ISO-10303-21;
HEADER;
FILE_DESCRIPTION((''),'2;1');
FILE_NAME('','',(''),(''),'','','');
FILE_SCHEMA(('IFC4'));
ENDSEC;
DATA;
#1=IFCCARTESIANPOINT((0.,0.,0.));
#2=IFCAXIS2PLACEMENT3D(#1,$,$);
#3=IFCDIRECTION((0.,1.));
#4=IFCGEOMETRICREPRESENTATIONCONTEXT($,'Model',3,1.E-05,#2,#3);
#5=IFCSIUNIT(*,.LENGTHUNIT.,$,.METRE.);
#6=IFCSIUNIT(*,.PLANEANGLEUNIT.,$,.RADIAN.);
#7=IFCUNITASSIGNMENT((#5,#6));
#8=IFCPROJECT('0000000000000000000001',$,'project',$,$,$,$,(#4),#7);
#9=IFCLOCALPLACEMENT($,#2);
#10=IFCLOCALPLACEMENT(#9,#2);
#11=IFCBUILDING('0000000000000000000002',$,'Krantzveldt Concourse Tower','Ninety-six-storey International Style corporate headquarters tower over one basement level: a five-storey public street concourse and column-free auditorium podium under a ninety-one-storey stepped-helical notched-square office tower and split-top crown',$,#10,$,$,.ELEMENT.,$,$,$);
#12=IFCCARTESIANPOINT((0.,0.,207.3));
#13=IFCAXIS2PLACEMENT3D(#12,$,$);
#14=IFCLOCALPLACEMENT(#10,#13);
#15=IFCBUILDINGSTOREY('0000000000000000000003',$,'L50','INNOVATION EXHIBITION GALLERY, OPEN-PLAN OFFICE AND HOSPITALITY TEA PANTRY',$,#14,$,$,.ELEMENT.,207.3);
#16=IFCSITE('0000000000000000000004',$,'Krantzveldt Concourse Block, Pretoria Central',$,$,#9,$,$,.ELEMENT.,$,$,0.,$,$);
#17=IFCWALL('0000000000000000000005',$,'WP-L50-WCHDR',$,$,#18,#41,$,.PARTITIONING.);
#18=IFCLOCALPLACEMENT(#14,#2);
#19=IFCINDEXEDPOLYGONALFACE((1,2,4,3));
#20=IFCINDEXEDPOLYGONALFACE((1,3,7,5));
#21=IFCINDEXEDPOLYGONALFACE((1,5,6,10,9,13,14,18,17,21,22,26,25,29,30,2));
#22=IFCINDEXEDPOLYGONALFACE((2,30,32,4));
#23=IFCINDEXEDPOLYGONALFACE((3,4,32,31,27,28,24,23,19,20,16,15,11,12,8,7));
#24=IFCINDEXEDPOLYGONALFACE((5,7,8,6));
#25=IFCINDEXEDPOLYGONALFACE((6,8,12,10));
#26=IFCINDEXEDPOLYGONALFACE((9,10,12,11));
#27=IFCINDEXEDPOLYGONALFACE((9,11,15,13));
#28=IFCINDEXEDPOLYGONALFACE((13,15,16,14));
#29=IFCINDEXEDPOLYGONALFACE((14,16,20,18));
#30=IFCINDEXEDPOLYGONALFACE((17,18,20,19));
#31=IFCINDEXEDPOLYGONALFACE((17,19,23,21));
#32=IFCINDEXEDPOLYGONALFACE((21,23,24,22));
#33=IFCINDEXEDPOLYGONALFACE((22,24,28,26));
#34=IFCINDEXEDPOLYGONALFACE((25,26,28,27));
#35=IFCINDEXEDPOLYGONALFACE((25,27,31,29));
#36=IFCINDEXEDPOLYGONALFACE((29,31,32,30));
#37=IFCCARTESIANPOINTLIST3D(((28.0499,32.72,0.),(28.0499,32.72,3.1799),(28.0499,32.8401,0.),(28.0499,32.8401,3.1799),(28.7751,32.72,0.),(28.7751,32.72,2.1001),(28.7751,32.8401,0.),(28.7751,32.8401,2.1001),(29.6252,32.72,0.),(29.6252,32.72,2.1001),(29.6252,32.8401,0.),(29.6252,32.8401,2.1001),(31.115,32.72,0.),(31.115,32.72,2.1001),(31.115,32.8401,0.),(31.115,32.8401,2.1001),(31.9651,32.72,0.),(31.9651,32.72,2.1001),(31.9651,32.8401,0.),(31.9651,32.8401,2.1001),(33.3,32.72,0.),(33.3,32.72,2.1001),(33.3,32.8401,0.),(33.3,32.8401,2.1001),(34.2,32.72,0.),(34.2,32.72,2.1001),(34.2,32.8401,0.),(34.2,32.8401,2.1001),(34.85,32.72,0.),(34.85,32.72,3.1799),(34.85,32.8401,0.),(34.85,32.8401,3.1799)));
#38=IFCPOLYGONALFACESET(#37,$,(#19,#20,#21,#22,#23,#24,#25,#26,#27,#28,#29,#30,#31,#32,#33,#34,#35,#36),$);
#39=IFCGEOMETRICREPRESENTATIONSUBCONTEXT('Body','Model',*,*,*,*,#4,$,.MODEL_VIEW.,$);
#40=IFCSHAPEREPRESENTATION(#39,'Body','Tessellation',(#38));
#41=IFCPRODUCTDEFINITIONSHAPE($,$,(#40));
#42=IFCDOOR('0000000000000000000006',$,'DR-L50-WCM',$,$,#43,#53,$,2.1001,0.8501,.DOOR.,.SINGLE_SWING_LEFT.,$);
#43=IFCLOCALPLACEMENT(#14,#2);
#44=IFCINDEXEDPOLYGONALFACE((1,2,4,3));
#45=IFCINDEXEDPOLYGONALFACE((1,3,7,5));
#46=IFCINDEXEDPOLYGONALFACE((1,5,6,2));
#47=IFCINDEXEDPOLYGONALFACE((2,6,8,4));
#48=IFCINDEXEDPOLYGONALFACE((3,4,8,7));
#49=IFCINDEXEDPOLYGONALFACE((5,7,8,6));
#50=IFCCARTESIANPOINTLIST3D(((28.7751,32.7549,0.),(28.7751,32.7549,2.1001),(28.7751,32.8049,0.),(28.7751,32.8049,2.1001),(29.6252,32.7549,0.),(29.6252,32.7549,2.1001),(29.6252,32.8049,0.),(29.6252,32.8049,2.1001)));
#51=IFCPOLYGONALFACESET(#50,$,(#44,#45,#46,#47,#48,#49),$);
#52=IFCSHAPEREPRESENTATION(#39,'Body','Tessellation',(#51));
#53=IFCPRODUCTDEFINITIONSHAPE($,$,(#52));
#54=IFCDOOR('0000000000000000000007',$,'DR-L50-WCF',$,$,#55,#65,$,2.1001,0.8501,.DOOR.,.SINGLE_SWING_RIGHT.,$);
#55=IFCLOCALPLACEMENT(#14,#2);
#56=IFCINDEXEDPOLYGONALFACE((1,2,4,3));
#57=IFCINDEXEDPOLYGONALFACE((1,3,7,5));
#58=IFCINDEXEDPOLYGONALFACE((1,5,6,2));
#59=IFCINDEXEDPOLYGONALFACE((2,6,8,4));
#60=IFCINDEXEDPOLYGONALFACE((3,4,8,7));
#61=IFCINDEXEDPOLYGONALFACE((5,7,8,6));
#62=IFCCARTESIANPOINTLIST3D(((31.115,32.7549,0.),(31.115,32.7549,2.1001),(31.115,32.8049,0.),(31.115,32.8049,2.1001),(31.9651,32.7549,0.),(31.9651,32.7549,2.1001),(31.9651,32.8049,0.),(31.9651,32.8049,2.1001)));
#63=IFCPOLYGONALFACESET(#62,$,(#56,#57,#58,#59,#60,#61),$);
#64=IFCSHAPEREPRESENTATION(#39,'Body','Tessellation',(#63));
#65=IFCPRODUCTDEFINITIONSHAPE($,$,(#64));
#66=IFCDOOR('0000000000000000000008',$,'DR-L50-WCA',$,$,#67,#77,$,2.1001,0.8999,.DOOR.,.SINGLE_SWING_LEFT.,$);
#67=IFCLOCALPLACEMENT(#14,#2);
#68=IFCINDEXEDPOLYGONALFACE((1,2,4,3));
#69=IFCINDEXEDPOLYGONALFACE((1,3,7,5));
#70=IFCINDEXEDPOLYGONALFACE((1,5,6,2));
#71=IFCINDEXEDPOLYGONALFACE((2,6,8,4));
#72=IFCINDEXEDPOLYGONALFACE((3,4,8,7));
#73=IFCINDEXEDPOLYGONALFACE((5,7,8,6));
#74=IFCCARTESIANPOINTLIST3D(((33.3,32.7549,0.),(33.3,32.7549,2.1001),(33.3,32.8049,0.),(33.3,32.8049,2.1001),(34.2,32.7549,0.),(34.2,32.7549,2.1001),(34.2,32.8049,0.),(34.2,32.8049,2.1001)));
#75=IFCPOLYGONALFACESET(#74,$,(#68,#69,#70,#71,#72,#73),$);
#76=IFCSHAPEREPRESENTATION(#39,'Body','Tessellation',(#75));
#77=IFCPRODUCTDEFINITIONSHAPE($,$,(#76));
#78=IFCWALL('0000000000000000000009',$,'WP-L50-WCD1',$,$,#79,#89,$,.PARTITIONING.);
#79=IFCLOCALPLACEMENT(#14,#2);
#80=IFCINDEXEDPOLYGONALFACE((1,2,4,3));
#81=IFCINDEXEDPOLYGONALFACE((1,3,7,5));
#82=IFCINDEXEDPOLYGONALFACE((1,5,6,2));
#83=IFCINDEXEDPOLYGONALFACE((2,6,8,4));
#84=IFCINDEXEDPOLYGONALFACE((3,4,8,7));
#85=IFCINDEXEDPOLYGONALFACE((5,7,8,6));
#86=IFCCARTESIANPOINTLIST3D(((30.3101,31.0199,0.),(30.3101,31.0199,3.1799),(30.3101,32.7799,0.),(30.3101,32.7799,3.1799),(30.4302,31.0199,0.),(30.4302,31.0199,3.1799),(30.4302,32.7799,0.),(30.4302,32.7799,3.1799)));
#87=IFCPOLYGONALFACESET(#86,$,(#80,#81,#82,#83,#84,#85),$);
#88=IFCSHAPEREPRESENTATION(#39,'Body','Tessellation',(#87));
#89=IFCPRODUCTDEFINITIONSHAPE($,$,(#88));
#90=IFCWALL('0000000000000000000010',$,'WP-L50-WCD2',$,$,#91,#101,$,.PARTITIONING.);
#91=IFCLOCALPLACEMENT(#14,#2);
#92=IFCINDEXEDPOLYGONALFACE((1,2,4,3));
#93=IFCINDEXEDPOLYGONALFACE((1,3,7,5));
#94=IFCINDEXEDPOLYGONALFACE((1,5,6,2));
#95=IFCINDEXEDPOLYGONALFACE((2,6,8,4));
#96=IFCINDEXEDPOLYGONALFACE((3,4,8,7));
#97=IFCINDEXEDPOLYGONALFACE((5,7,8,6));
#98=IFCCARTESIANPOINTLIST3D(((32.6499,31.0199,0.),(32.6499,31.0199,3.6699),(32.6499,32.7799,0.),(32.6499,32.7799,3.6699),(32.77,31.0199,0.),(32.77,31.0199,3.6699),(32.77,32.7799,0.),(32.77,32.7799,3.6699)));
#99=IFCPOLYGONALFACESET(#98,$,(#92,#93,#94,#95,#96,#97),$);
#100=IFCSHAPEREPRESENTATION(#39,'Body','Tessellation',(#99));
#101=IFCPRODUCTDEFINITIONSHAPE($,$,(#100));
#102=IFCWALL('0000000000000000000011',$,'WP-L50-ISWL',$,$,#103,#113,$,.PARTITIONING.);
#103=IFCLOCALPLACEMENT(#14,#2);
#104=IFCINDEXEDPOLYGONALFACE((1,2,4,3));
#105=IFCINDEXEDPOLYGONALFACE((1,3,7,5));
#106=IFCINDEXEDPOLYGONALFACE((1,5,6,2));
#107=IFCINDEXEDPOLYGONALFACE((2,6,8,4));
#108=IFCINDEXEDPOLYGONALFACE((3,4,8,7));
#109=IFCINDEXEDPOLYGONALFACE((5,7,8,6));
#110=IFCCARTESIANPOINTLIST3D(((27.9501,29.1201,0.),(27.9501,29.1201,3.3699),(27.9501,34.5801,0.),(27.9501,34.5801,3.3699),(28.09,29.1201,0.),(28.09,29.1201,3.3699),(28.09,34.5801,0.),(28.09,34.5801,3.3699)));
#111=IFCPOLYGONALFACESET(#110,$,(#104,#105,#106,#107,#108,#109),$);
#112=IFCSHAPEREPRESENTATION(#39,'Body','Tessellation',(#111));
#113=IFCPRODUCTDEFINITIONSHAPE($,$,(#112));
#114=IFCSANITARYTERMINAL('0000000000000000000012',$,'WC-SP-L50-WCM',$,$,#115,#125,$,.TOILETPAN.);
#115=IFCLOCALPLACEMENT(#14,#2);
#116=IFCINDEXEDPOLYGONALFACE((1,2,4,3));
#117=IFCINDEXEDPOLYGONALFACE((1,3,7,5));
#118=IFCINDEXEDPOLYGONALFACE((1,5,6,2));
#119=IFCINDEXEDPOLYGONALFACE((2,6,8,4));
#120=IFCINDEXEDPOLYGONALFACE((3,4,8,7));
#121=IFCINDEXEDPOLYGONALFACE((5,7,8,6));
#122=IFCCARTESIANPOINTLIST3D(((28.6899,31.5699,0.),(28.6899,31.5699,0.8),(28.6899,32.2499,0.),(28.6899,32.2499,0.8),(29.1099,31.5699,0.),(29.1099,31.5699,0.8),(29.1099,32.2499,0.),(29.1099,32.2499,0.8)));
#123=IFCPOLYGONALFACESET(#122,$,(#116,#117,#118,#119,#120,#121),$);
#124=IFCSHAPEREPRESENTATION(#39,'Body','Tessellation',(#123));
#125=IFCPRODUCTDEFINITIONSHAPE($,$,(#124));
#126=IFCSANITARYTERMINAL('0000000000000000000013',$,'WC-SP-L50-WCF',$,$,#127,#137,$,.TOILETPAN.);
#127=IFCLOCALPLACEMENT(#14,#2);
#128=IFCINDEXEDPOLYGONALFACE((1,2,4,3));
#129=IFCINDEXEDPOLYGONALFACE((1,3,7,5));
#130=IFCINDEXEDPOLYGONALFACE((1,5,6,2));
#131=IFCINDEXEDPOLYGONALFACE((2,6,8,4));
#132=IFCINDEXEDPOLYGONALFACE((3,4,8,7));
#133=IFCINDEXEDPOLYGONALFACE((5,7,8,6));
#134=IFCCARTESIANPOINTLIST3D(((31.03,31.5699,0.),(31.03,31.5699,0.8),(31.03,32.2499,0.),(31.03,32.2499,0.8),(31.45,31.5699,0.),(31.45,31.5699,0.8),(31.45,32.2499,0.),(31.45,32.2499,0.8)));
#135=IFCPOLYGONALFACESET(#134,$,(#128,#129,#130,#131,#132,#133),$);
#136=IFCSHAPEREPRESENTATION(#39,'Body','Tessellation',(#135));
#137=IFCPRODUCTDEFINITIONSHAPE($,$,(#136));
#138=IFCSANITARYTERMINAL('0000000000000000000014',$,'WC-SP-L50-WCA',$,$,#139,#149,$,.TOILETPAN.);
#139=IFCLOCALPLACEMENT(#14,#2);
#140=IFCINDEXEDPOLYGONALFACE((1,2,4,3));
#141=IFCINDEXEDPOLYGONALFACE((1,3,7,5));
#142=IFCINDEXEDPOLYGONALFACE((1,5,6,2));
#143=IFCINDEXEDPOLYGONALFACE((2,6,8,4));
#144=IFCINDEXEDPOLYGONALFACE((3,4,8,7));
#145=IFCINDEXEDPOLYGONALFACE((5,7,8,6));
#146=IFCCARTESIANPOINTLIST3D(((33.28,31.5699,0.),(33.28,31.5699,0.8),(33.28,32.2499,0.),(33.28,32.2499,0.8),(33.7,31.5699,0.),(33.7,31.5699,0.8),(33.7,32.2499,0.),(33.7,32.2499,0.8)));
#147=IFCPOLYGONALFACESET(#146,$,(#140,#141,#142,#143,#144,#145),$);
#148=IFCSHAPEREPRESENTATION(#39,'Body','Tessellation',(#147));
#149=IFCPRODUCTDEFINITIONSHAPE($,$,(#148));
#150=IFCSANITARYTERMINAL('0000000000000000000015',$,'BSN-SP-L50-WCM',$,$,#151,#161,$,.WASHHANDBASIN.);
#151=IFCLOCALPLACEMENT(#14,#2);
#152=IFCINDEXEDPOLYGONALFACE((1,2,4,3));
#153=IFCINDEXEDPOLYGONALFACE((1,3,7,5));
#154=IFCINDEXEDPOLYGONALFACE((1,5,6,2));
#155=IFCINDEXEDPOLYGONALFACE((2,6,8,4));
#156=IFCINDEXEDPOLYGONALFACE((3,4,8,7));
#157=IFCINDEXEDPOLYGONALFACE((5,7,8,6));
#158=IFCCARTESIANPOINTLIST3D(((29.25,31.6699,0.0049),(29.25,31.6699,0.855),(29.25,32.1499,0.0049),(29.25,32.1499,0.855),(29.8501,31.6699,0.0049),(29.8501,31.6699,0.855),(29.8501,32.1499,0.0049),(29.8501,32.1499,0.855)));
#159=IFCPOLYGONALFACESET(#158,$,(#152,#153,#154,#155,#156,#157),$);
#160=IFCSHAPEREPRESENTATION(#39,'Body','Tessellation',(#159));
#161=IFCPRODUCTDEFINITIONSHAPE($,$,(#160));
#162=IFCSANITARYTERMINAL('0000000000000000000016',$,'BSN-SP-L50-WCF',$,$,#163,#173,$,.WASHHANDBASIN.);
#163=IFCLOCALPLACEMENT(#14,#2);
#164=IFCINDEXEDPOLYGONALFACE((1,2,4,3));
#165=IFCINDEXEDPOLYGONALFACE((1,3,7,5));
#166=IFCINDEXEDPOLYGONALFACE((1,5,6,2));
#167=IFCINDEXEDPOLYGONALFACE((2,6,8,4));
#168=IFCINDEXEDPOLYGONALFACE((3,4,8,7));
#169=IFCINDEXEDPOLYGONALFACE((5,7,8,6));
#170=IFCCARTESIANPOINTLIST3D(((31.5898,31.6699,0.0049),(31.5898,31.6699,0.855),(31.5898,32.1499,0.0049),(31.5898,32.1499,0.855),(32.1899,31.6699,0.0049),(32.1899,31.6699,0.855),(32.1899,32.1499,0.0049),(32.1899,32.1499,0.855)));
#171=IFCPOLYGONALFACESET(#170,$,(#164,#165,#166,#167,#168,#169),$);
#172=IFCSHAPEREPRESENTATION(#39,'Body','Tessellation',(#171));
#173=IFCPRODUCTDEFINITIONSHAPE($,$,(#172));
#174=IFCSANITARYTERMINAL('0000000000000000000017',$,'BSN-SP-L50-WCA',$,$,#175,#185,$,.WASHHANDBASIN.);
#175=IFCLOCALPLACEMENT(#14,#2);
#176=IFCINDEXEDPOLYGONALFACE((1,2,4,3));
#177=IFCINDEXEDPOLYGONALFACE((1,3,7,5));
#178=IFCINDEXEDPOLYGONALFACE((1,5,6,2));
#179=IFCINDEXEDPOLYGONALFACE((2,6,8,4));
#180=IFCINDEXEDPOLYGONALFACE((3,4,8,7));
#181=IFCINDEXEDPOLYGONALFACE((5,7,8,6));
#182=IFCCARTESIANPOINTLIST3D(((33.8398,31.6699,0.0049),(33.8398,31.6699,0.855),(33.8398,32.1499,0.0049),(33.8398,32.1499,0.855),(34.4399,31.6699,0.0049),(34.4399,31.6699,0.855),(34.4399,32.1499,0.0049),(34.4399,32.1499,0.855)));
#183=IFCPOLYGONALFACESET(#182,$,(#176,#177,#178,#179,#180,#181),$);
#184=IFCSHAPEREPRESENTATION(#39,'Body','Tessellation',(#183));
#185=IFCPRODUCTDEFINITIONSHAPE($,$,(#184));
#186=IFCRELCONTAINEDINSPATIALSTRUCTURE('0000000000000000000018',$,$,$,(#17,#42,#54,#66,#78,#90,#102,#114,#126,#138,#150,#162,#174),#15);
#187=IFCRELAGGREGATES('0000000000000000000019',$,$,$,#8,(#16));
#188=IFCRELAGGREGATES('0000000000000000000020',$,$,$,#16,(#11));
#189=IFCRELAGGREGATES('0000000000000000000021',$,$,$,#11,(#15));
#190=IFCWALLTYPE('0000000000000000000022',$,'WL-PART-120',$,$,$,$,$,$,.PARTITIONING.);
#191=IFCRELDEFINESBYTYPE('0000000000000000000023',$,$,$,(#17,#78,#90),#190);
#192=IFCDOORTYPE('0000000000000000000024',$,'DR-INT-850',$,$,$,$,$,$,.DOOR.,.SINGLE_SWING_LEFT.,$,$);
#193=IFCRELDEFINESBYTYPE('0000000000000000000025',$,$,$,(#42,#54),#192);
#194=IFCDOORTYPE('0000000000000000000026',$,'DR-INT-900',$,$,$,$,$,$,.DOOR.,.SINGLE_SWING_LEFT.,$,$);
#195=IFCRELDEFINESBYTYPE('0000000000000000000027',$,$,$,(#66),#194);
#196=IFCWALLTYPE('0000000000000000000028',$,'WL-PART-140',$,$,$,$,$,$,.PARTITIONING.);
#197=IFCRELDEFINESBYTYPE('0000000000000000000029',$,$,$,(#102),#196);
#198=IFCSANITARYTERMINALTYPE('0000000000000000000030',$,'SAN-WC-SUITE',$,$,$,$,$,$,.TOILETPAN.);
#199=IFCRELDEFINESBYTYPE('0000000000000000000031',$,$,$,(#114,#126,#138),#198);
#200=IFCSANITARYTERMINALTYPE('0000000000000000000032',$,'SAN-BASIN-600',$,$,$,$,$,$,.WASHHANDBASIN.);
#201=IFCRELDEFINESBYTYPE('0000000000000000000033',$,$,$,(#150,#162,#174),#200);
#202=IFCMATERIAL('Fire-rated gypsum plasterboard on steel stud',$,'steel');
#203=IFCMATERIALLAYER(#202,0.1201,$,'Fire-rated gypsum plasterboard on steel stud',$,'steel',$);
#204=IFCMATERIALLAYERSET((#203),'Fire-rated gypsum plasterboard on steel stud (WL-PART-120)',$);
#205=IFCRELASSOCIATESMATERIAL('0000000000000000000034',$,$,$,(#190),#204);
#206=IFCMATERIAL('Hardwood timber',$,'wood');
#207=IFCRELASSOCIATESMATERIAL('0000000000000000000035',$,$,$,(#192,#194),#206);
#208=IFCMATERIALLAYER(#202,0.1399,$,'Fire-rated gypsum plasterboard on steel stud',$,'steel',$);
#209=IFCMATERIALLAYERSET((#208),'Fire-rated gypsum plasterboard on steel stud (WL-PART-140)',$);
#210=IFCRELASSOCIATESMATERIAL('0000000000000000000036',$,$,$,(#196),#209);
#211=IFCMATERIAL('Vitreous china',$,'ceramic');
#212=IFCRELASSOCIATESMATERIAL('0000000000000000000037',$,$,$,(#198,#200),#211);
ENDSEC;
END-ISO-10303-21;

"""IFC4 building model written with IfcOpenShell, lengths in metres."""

from ifc_helpers import new_model, si_unit, direction, frame, frame_2d, origin, origin_2d, place, context, subcontext, project, spatial, rectangle, extrude, source, transform, mapped, material, layer, layer_set, type_object, type_shapes, element, fill, save


model = new_model("IFC4")

# Units and contexts
model_context = context("Model", 3, precision=1e-05, world=origin(), true_north=direction((0.0, 1.0)))
body_context = subcontext(model_context, "Body", "Model", "MODEL_VIEW")
ifc_project = project(units=[si_unit("LENGTHUNIT", "METRE"), si_unit("PLANEANGLEUNIT", "RADIAN")], contexts=[model_context])

# Site, building, storey
site_placement = place(None, origin())
site = spatial("IfcSite", under=ifc_project, at=site_placement, Name="Krantzveldt Concourse Block, Pretoria Central", CompositionType="ELEMENT", RefElevation=0.0)
building_placement = place(site_placement, origin())
building = spatial("IfcBuilding", under=site, at=building_placement, Name="Krantzveldt Concourse Tower", Description="Ninety-six-storey International Style corporate headquarters tower over one basement level: a five-storey public street concourse and column-free auditorium podium under a ninety-one-storey stepped-helical notched-square office tower and split-top crown", CompositionType="ELEMENT")
storey_placement = place(building_placement, frame((0.0, 0.0, 207.3)))
storey = spatial("IfcBuildingStorey", under=building, at=storey_placement, Name="L50", Description="INNOVATION EXHIBITION GALLERY, OPEN-PLAN OFFICE AND HOSPITALITY TEA PANTRY", CompositionType="ELEMENT", Elevation=207.3)

# Shared definitions
ifc_material_1 = material(Name="Fire-rated gypsum plasterboard on steel stud", Category="steel")
ifc_layer_1 = layer(ifc_material_1, 0.1201, Name="Fire-rated gypsum plasterboard on steel stud", Category="steel")
ifc_layer_set_1 = layer_set([ifc_layer_1], Name="Fire-rated gypsum plasterboard on steel stud (WL-PART-120)")
wall_type_1 = type_object("IfcWallType", Name="WL-PART-120", PredefinedType="PARTITIONING", material=ifc_layer_set_1)

# Wall, openings, doors
wall_1_placement = place(storey_placement, frame((28.05, 32.78, 0.0), z_axis=(0.0, 0.0, 1.0), x_axis=(1.0, 0.0, 0.0)))
wall_1 = element("IfcWall", 1, at=wall_1_placement, inside=storey, type_object=wall_type_1, Name="WP-L50-WCHDR", PredefinedType="PARTITIONING", context=body_context, shape_type="SweptSolid", body=[
    extrude(rectangle(XDim=6.8, YDim=0.1201, at=frame_2d((3.3999, 0.0))), origin(), (0.0, 0.0, 1.0), 3.1799),
])
opening_1_placement = place(wall_1_placement, frame((0.7251, 0.0, 0.0)))
opening_1 = element("IfcOpeningElement", 2, at=opening_1_placement, cuts=wall_1, PredefinedType="OPENING", context=body_context, shape_type="SweptSolid", body=[
    extrude(rectangle(XDim=0.8501, YDim=2.1001, at=frame_2d((0.425, 1.05))), frame((0.0, 0.0701, 0.0), z_axis=(0.0, -1.0, 0.0), x_axis=(1.0, 0.0, 0.0)), (0.0, 0.0, 1.0), 0.1401),
])
opening_2_placement = place(wall_1_placement, frame((3.0649, 0.0, 0.0)))
opening_2 = element("IfcOpeningElement", 3, at=opening_2_placement, cuts=wall_1, PredefinedType="OPENING", context=body_context, shape_type="SweptSolid", body=[
    extrude(rectangle(XDim=0.8501, YDim=2.1001, at=frame_2d((0.425, 1.05))), frame((0.0, 0.0701, 0.0), z_axis=(0.0, -1.0, 0.0), x_axis=(1.0, 0.0, 0.0)), (0.0, 0.0, 1.0), 0.1401),
])
opening_3_placement = place(wall_1_placement, frame((5.25, 0.0, 0.0)))
opening_3 = element("IfcOpeningElement", 4, at=opening_3_placement, cuts=wall_1, PredefinedType="OPENING", context=body_context, shape_type="SweptSolid", body=[
    extrude(rectangle(XDim=0.8999, YDim=2.1001, at=frame_2d((0.45, 1.05))), frame((0.0, 0.0701, 0.0), z_axis=(0.0, -1.0, 0.0), x_axis=(1.0, 0.0, 0.0)), (0.0, 0.0, 1.0), 0.1401),
])
ifc_material_2 = material(Name="Hardwood timber", Category="wood")
door_type_1 = type_object("IfcDoorType", Name="DR-INT-850", OperationType="SINGLE_SWING_LEFT", PredefinedType="DOOR", material=ifc_material_2)
door_1_placement = place(opening_1_placement, origin())
door_1 = element("IfcDoor", 5, at=door_1_placement, inside=storey, type_object=door_type_1, Name="DR-L50-WCM", OperationType="SINGLE_SWING_LEFT", OverallHeight=2.1001, OverallWidth=0.8501, PredefinedType="DOOR", context=body_context, shape_type="SweptSolid", body=[
    extrude(rectangle(XDim=0.8501, YDim=2.1001, at=frame_2d((0.425, 1.05))), frame((0.0, 0.0249, 0.0), z_axis=(0.0, -1.0, 0.0), x_axis=(1.0, 0.0, 0.0)), (0.0, 0.0, 1.0), 0.05),
])
fill(opening_1, door_1)
door_2_placement = place(opening_2_placement, origin())
door_2 = element("IfcDoor", 6, at=door_2_placement, inside=storey, type_object=door_type_1, Name="DR-L50-WCF", OperationType="SINGLE_SWING_RIGHT", OverallHeight=2.1001, OverallWidth=0.8501, PredefinedType="DOOR", context=body_context, shape_type="SweptSolid", body=[
    extrude(rectangle(XDim=0.8501, YDim=2.1001, at=frame_2d((0.425, 1.05))), frame((0.0, 0.0249, 0.0), z_axis=(0.0, -1.0, 0.0), x_axis=(1.0, 0.0, 0.0)), (0.0, 0.0, 1.0), 0.05),
])
fill(opening_2, door_2)
door_type_2 = type_object("IfcDoorType", Name="DR-INT-900", OperationType="SINGLE_SWING_LEFT", PredefinedType="DOOR", material=ifc_material_2)
door_3_placement = place(opening_3_placement, origin())
door_3 = element("IfcDoor", 7, at=door_3_placement, inside=storey, type_object=door_type_2, Name="DR-L50-WCA", OperationType="SINGLE_SWING_LEFT", OverallHeight=2.1001, OverallWidth=0.8999, PredefinedType="DOOR", context=body_context, shape_type="SweptSolid", body=[
    extrude(rectangle(XDim=0.8999, YDim=2.1001, at=frame_2d((0.45, 1.05))), frame((0.0, 0.0249, 0.0), z_axis=(0.0, -1.0, 0.0), x_axis=(1.0, 0.0, 0.0)), (0.0, 0.0, 1.0), 0.05),
])
fill(opening_3, door_3)

# Walls
wall_2_placement = place(storey_placement, frame((30.3701, 31.02, 0.0), z_axis=(0.0, 0.0, 1.0), x_axis=(0.0, 1.0, 0.0)))
element("IfcWall", 8, at=wall_2_placement, inside=storey, type_object=wall_type_1, Name="WP-L50-WCD1", PredefinedType="PARTITIONING", context=body_context, shape_type="SweptSolid", body=[
    extrude(rectangle(XDim=1.76, YDim=0.1201, at=frame_2d((0.8799, 0.0))), origin(), (0.0, 0.0, 1.0), 3.1799),
])
wall_3_placement = place(storey_placement, frame((32.71, 31.02, 0.0), z_axis=(0.0, 0.0, 1.0), x_axis=(0.0, 1.0, 0.0)))
element("IfcWall", 9, at=wall_3_placement, inside=storey, type_object=wall_type_1, Name="WP-L50-WCD2", PredefinedType="PARTITIONING", context=body_context, shape_type="SweptSolid", body=[
    extrude(rectangle(XDim=1.76, YDim=0.1201, at=frame_2d((0.8799, 0.0))), origin(), (0.0, 0.0, 1.0), 3.6699),
])
ifc_layer_2 = layer(ifc_material_1, 0.1399, Name="Fire-rated gypsum plasterboard on steel stud", Category="steel")
ifc_layer_set_2 = layer_set([ifc_layer_2], Name="Fire-rated gypsum plasterboard on steel stud (WL-PART-140)")
wall_type_2 = type_object("IfcWallType", Name="WL-PART-140", PredefinedType="PARTITIONING", material=ifc_layer_set_2)
wall_4_placement = place(storey_placement, frame((28.02, 29.1201, 0.0), z_axis=(0.0, 0.0, 1.0), x_axis=(0.0, 1.0, 0.0)))
element("IfcWall", 10, at=wall_4_placement, inside=storey, type_object=wall_type_2, Name="WP-L50-ISWL", PredefinedType="PARTITIONING", context=body_context, shape_type="SweptSolid", body=[
    extrude(rectangle(XDim=5.46, YDim=0.1399, at=frame_2d((2.73, 0.0))), origin(), (0.0, 0.0, 1.0), 3.3699),
])

# Sanitary terminals
ifc_material_3 = material(Name="Vitreous china", Category="ceramic")
sanitary_terminal_type_1 = type_object("IfcSanitaryTerminalType", Name="SAN-WC-SUITE", PredefinedType="TOILETPAN", material=ifc_material_3)
shared_shape_1 = source(origin(), body_context, "Body", "SweptSolid", [
    extrude(rectangle(XDim=0.4199, YDim=0.6799, at=origin_2d()), origin(), (0.0, 0.0, 1.0), 0.8),
])
type_shapes(sanitary_terminal_type_1, [shared_shape_1])
for number, where, z_axis, x_axis, name in (
    (11, (28.8999, 31.9099, 0.0), (0.0, 0.0, 1.0), (1.0, 0.0, 0.0), "WC-SP-L50-WCM"),
    (12, (31.24, 31.9099, 0.0), (0.0, 0.0, 1.0), (1.0, 0.0, 0.0), "WC-SP-L50-WCF"),
    (13, (33.49, 31.9099, 0.0), (0.0, 0.0, 1.0), (1.0, 0.0, 0.0), "WC-SP-L50-WCA"),
):
    element("IfcSanitaryTerminal", number, at=place(storey_placement, frame(where, z_axis=z_axis, x_axis=x_axis)), inside=storey, type_object=sanitary_terminal_type_1, Name=name, PredefinedType="TOILETPAN", context=body_context, shape_type="MappedRepresentation", body=[
        mapped(shared_shape_1, transform((0.0, 0.0, 0.0), x_axis=(1.0, 0.0, 0.0), y_axis=(0.0, 1.0, 0.0), z_axis=(0.0, 0.0, 1.0), scale=1.0)),
    ])
sanitary_terminal_type_2 = type_object("IfcSanitaryTerminalType", Name="SAN-BASIN-600", PredefinedType="WASHHANDBASIN", material=ifc_material_3)
shared_shape_2 = source(origin(), body_context, "Body", "SweptSolid", [
    extrude(rectangle(XDim=0.6001, YDim=0.48, at=origin_2d()), origin(), (0.0, 0.0, 1.0), 0.8501),
])
type_shapes(sanitary_terminal_type_2, [shared_shape_2])
for number, where, z_axis, x_axis, name in (
    (14, (29.55, 31.9099, 0.0049), (0.0, 0.0, 1.0), (1.0, 0.0, 0.0), "BSN-SP-L50-WCM"),
    (15, (31.8899, 31.9099, 0.0049), (0.0, 0.0, 1.0), (1.0, 0.0, 0.0), "BSN-SP-L50-WCF"),
    (16, (34.1399, 31.9099, 0.0049), (0.0, 0.0, 1.0), (1.0, 0.0, 0.0), "BSN-SP-L50-WCA"),
):
    element("IfcSanitaryTerminal", number, at=place(storey_placement, frame(where, z_axis=z_axis, x_axis=x_axis)), inside=storey, type_object=sanitary_terminal_type_2, Name=name, PredefinedType="WASHHANDBASIN", context=body_context, shape_type="MappedRepresentation", body=[
        mapped(shared_shape_2, transform((0.0, 0.0, 0.0), x_axis=(1.0, 0.0, 0.0), y_axis=(0.0, 1.0, 0.0), z_axis=(0.0, 0.0, 1.0), scale=1.0)),
    ])

save(model, "model.ifc")
